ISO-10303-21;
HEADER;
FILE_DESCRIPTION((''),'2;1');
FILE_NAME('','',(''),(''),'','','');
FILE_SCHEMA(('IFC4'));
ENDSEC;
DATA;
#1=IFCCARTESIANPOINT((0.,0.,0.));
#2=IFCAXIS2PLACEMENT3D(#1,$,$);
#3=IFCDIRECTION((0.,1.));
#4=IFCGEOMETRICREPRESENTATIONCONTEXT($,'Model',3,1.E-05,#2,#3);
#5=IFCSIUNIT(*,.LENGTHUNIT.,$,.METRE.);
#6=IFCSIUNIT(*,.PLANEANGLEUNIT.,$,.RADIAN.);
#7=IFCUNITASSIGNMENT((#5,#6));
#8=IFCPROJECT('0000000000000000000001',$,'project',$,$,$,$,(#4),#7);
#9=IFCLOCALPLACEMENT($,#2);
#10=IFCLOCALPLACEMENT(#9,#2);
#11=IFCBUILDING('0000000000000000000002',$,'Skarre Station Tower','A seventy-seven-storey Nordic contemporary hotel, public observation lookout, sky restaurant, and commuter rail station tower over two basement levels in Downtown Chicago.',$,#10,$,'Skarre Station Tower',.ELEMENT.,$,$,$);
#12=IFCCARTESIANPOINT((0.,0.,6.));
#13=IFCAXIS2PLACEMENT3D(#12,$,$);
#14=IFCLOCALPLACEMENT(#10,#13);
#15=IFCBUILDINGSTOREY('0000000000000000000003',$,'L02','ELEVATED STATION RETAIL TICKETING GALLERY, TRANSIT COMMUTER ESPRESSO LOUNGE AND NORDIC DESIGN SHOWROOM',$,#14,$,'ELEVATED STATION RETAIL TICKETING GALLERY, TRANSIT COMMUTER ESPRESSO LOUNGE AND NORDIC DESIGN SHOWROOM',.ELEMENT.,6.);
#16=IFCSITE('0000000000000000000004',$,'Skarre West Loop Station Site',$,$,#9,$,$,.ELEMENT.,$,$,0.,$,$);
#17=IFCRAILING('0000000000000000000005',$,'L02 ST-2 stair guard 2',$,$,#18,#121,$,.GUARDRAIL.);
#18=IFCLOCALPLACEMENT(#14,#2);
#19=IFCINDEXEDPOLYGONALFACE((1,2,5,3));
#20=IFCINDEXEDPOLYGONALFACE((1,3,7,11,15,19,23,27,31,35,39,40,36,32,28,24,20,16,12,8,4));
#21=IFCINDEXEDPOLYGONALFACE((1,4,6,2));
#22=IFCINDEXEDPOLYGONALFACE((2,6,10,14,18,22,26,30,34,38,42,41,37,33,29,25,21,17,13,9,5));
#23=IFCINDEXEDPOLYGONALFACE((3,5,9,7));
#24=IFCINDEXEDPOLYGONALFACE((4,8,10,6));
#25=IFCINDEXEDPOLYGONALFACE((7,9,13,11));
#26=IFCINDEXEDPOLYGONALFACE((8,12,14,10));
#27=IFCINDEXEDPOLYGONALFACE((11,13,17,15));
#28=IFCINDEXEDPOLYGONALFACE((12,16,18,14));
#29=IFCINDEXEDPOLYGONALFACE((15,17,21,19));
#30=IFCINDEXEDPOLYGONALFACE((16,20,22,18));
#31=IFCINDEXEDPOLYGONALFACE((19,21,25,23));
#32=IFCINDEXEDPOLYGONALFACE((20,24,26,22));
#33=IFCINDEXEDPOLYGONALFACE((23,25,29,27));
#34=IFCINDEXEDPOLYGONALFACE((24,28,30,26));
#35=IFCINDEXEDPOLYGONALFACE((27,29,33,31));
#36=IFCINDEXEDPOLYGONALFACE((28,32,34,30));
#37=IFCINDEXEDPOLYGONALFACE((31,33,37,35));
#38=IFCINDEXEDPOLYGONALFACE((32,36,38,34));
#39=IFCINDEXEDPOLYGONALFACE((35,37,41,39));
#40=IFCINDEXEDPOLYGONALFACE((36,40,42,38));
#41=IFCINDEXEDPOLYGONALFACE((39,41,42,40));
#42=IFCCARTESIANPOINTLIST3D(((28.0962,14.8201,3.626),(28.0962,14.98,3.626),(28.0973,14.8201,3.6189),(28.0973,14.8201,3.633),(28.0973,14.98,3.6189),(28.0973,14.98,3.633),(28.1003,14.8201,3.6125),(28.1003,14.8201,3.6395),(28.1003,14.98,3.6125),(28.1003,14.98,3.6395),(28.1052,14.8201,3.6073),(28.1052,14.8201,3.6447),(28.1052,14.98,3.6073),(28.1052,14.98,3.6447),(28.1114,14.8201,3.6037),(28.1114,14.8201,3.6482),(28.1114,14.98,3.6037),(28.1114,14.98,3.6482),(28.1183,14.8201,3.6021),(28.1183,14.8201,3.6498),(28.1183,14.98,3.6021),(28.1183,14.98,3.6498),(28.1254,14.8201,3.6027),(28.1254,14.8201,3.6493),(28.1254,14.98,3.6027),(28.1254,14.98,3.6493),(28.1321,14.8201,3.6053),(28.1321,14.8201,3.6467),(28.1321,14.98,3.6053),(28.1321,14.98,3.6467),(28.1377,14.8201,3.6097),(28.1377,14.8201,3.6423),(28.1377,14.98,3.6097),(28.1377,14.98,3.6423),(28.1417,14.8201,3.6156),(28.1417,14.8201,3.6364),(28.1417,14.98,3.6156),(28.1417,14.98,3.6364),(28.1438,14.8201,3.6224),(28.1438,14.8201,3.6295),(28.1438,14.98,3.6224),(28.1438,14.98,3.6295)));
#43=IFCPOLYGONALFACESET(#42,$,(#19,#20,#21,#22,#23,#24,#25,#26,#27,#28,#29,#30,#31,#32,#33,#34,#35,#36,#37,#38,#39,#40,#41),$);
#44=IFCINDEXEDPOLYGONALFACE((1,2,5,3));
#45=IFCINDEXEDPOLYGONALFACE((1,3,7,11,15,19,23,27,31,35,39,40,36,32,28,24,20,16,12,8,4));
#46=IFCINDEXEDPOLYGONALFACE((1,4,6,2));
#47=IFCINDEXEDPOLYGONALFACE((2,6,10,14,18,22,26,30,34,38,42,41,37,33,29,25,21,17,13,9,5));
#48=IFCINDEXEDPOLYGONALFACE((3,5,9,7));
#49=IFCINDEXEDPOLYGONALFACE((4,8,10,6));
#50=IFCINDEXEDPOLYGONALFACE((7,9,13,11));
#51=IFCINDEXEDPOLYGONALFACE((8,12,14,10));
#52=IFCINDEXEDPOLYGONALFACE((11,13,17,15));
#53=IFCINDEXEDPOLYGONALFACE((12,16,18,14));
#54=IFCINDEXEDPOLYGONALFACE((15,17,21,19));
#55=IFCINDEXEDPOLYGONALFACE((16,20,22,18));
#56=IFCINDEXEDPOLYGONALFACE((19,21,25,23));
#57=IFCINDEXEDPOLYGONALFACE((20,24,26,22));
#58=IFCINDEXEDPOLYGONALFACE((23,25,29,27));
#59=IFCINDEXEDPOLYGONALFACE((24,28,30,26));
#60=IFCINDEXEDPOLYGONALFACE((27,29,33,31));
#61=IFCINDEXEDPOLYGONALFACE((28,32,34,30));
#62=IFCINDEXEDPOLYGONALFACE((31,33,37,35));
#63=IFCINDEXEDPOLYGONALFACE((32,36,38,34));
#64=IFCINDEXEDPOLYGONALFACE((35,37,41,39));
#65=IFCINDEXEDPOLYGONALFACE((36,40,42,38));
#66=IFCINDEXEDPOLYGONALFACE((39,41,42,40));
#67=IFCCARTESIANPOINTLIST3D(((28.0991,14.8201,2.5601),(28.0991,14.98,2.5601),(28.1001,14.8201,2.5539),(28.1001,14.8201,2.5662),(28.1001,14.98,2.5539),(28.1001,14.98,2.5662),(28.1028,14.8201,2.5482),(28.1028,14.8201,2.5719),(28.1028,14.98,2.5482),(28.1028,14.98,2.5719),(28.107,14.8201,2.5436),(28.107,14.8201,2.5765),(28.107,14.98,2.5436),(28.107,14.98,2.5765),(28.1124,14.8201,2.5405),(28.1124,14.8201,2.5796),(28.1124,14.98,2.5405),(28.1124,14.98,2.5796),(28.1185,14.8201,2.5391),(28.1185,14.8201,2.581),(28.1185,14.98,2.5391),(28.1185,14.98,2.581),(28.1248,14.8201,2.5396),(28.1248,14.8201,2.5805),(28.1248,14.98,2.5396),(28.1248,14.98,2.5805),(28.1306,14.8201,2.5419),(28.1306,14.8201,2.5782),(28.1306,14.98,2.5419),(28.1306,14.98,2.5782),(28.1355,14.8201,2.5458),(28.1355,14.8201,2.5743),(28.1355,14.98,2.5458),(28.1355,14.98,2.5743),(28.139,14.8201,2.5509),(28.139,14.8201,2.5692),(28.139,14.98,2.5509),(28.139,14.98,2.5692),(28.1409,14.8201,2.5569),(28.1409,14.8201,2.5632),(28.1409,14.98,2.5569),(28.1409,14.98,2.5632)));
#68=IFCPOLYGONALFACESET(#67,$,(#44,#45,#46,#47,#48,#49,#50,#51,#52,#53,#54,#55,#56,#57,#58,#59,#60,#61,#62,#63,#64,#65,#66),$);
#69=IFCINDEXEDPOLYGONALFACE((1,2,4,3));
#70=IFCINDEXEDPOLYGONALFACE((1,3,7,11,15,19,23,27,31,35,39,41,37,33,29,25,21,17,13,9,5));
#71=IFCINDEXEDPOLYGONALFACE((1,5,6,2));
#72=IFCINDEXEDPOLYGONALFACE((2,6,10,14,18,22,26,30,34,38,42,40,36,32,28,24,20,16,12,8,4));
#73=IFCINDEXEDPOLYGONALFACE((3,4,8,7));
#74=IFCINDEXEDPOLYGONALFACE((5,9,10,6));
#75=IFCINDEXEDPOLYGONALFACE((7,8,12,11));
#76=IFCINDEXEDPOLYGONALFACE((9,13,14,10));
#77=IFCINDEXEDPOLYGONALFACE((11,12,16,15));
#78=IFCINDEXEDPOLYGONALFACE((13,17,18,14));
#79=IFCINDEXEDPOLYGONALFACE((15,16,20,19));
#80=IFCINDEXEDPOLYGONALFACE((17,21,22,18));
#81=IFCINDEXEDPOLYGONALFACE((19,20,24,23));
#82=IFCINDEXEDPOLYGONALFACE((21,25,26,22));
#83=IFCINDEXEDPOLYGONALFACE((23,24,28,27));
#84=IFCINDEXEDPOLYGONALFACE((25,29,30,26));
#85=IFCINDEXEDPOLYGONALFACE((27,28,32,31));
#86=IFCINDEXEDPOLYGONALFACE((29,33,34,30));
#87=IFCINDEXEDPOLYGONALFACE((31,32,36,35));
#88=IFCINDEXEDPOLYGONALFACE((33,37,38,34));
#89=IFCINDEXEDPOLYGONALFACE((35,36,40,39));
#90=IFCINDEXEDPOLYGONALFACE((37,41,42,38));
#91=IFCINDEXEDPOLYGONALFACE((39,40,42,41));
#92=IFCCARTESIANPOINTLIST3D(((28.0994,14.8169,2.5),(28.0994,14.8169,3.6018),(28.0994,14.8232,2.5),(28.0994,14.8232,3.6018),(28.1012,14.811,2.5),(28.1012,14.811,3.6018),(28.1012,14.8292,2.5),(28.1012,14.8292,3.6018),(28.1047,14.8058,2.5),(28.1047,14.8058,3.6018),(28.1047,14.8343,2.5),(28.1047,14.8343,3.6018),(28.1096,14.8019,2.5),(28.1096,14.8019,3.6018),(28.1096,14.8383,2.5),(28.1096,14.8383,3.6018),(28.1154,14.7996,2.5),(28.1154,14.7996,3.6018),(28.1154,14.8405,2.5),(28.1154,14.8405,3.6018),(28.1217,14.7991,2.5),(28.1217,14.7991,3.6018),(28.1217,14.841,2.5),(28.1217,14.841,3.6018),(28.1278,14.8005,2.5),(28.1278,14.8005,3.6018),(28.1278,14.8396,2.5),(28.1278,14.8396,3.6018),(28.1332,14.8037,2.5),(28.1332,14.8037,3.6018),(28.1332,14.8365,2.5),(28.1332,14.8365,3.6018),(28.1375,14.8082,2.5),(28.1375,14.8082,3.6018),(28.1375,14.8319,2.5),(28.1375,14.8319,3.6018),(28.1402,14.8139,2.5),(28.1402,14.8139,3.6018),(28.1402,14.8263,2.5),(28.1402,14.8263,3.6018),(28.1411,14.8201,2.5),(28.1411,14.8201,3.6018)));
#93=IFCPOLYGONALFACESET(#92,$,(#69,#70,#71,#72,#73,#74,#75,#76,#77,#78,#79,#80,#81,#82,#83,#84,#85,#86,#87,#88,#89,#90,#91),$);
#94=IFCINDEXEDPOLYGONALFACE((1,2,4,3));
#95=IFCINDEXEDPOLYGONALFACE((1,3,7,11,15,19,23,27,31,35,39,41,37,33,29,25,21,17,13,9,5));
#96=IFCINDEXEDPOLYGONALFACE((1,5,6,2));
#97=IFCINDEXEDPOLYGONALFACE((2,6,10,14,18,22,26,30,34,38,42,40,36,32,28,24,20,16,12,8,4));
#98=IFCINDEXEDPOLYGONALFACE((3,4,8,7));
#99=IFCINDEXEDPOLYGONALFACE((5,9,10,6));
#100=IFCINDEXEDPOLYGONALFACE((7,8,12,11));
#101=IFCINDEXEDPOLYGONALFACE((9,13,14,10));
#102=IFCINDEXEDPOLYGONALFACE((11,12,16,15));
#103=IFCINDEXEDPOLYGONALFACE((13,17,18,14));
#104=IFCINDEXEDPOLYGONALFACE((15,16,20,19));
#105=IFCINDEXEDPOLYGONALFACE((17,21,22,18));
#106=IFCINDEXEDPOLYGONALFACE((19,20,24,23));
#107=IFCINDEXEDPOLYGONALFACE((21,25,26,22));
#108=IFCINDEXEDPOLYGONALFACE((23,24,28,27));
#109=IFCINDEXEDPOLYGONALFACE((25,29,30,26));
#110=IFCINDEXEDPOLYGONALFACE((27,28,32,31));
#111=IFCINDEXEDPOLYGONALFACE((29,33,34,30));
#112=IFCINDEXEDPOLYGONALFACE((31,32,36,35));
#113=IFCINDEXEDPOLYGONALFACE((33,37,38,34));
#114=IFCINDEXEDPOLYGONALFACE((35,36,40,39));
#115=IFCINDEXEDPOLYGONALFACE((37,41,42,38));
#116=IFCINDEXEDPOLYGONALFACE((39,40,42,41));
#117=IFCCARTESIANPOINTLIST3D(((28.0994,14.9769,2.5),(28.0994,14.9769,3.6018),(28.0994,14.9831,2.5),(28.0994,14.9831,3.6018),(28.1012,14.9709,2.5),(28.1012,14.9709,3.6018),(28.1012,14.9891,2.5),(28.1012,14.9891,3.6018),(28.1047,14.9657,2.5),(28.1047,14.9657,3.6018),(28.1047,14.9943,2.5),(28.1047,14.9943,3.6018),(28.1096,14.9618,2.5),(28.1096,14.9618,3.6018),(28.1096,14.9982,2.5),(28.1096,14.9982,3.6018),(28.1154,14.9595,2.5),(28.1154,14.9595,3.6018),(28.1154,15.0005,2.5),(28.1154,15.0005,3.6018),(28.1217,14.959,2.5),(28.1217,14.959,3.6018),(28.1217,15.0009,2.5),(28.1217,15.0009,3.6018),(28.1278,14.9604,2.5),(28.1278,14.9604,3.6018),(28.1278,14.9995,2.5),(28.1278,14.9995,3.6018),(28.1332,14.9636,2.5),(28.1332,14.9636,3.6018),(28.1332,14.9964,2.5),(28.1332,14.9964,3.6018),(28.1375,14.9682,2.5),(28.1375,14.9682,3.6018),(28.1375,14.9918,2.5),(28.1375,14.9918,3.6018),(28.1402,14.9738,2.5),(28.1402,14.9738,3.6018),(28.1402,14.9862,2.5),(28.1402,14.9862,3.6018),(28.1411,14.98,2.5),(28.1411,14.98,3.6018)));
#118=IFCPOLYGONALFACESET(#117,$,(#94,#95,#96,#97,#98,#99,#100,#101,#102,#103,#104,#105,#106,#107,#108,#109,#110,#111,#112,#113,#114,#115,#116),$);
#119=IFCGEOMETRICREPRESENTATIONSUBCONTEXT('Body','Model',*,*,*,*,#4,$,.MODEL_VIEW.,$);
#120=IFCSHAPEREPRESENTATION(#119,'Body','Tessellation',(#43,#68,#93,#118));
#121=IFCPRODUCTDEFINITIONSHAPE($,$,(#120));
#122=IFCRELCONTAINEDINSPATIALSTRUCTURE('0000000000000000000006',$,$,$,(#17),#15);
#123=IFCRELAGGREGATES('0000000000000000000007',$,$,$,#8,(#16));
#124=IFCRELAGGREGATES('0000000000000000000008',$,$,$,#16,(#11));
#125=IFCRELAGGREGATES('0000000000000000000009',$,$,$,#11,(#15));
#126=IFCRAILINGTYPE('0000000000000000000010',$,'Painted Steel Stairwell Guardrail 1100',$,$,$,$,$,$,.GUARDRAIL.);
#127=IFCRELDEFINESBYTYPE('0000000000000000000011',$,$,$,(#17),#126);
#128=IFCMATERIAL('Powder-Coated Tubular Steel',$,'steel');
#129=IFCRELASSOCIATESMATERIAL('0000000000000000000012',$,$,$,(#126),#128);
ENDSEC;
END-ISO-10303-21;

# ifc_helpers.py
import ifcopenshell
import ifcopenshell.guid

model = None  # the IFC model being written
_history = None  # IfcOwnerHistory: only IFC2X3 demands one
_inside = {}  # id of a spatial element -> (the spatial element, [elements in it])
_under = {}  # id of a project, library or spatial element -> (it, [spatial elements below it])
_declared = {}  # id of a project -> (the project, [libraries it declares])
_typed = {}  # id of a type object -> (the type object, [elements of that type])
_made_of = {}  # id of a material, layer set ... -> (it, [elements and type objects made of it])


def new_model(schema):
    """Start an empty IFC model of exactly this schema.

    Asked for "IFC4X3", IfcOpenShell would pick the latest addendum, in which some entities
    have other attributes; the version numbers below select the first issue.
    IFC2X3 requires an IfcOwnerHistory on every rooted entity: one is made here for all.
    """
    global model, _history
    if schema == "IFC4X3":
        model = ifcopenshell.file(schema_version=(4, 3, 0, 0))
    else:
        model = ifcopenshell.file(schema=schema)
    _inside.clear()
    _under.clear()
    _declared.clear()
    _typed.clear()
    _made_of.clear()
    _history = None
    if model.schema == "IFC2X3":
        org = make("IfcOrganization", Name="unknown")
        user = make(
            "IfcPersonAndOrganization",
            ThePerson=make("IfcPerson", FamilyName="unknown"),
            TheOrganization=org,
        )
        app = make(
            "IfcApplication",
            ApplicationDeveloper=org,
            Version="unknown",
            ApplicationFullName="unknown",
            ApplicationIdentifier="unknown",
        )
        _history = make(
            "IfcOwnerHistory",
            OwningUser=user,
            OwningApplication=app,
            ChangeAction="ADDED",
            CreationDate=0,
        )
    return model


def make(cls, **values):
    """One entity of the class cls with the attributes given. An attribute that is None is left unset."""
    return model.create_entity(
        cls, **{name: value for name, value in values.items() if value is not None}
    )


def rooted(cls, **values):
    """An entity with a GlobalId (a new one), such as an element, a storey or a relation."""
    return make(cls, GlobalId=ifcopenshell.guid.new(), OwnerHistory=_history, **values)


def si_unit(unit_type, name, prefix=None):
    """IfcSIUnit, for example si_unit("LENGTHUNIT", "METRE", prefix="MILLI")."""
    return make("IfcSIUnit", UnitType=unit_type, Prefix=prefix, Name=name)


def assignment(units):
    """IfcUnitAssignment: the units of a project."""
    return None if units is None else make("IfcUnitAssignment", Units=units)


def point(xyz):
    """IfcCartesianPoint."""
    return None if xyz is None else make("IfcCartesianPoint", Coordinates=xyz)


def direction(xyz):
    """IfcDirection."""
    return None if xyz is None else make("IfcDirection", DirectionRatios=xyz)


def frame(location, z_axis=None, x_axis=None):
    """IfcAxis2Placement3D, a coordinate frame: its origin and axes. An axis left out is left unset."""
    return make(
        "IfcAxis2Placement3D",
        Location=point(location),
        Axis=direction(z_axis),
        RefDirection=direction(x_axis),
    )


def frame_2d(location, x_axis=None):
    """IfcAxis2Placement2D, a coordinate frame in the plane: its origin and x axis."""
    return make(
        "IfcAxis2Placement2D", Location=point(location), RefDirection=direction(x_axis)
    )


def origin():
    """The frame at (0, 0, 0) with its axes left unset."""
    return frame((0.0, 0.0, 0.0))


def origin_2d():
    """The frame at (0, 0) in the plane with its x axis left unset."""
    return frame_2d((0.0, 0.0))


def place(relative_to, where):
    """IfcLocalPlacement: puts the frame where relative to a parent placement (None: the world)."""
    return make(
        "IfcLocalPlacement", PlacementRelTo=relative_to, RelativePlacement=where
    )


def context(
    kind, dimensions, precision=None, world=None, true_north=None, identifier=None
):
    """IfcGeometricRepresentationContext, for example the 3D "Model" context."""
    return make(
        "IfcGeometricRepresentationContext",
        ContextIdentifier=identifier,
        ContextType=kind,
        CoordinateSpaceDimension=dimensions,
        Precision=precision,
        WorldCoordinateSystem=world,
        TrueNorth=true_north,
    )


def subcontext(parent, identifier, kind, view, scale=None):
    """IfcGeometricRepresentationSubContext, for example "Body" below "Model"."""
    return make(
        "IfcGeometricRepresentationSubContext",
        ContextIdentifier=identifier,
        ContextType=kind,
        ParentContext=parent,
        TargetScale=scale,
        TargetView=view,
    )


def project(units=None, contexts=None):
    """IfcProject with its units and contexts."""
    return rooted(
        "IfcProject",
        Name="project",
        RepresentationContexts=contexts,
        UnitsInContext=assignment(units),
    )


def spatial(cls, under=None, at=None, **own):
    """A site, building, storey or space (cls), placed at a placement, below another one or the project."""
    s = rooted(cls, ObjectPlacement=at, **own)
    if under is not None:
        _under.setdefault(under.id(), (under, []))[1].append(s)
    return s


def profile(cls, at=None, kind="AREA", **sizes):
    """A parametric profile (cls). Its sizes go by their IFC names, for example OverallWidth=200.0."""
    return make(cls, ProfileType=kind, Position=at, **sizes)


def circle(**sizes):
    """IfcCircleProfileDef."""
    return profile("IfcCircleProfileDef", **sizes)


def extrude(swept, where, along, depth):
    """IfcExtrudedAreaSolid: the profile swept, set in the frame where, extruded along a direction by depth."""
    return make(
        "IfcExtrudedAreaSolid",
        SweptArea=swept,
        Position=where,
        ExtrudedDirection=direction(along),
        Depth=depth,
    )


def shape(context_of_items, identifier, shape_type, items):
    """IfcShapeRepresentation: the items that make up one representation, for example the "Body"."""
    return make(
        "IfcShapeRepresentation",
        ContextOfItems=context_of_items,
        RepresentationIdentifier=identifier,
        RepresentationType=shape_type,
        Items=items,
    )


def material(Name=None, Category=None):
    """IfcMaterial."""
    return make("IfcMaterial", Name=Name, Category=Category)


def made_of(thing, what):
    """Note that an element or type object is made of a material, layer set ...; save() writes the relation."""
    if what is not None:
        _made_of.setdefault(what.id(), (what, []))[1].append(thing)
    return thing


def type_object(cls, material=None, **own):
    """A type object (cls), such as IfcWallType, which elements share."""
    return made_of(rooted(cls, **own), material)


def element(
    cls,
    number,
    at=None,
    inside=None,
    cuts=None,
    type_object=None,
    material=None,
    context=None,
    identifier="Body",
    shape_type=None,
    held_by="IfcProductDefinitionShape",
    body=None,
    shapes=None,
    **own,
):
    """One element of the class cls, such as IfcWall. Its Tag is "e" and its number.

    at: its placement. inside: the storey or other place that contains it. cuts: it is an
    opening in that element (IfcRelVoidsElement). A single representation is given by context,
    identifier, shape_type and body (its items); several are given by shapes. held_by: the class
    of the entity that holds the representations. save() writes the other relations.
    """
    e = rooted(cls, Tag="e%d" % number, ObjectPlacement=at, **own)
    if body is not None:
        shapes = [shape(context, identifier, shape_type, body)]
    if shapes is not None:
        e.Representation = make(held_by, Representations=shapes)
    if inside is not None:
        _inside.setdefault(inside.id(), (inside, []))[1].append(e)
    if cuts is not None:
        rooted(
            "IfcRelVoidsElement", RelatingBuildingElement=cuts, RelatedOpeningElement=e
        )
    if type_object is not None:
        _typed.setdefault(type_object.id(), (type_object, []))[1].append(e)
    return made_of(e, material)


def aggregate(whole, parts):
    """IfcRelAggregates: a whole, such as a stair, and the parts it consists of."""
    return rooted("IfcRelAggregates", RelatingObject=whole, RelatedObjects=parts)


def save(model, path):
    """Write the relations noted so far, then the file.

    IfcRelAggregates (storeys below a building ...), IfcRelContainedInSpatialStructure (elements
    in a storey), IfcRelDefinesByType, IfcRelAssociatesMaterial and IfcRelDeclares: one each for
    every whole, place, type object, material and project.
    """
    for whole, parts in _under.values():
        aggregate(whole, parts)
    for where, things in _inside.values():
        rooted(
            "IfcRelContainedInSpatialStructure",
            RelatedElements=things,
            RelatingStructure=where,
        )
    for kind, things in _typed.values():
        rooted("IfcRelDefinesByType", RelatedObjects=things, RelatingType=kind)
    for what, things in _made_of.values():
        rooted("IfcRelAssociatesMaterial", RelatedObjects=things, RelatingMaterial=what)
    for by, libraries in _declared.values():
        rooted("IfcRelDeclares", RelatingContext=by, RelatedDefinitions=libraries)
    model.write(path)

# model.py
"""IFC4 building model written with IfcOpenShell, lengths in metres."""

from ifc_helpers import new_model, si_unit, direction, frame, origin, origin_2d, place, context, subcontext, project, spatial, circle, extrude, material, type_object, element, save


model = new_model("IFC4")

# Units and contexts
model_context = context("Model", 3, precision=1e-05, world=origin(), true_north=direction((0.0, 1.0)))
body_context = subcontext(model_context, "Body", "Model", "MODEL_VIEW")
ifc_project = project(units=[si_unit("LENGTHUNIT", "METRE"), si_unit("PLANEANGLEUNIT", "RADIAN")], contexts=[model_context])

# Site, building, storey
site_placement = place(None, origin())
site = spatial("IfcSite", under=ifc_project, at=site_placement, Name="Skarre West Loop Station Site", CompositionType="ELEMENT", RefElevation=0.0)
building_placement = place(site_placement, origin())
building = spatial("IfcBuilding", under=site, at=building_placement, Name="Skarre Station Tower", Description="A seventy-seven-storey Nordic contemporary hotel, public observation lookout, sky restaurant, and commuter rail station tower over two basement levels in Downtown Chicago.", LongName="Skarre Station Tower", CompositionType="ELEMENT")
storey_placement = place(building_placement, frame((0.0, 0.0, 6.0)))
storey = spatial("IfcBuildingStorey", under=building, at=storey_placement, Name="L02", Description="ELEVATED STATION RETAIL TICKETING GALLERY, TRANSIT COMMUTER ESPRESSO LOUNGE AND NORDIC DESIGN SHOWROOM", LongName="ELEVATED STATION RETAIL TICKETING GALLERY, TRANSIT COMMUTER ESPRESSO LOUNGE AND NORDIC DESIGN SHOWROOM", CompositionType="ELEMENT", Elevation=6.0)

# Railing
ifc_material_1 = material(Name="Powder-Coated Tubular Steel", Category="steel")
railing_type_1 = type_object("IfcRailingType", Name="Painted Steel Stairwell Guardrail 1100", PredefinedType="GUARDRAIL", material=ifc_material_1)
railing_1_placement = place(storey_placement, frame((28.1201, 14.8201, 2.5)))
element("IfcRailing", 1, at=railing_1_placement, inside=storey, type_object=railing_type_1, Name="L02 ST-2 stair guard 2", PredefinedType="GUARDRAIL", context=body_context, shape_type="SweptSolid", body=[
    extrude(circle(Radius=0.0239, at=origin_2d()), frame((0.0, 0.0, 1.126), z_axis=(0.0, 1.0, 0.0), x_axis=(-1.0, 0.0, 0.0)), (0.0, 0.0, 1.0), 0.1599),
    extrude(circle(Radius=0.021, at=origin_2d()), frame((0.0, 0.0, 0.0601), z_axis=(0.0, 1.0, 0.0), x_axis=(-1.0, 0.0, 0.0)), (0.0, 0.0, 1.0), 0.1599),
    extrude(circle(Radius=0.021, at=origin_2d()), origin(), (0.0, 0.0, 1.0), 1.1018),
    extrude(circle(Radius=0.021, at=origin_2d()), frame((0.0, 0.1599, 0.0)), (0.0, 0.0, 1.0), 1.1018),
])

save(model, "model.ifc")
